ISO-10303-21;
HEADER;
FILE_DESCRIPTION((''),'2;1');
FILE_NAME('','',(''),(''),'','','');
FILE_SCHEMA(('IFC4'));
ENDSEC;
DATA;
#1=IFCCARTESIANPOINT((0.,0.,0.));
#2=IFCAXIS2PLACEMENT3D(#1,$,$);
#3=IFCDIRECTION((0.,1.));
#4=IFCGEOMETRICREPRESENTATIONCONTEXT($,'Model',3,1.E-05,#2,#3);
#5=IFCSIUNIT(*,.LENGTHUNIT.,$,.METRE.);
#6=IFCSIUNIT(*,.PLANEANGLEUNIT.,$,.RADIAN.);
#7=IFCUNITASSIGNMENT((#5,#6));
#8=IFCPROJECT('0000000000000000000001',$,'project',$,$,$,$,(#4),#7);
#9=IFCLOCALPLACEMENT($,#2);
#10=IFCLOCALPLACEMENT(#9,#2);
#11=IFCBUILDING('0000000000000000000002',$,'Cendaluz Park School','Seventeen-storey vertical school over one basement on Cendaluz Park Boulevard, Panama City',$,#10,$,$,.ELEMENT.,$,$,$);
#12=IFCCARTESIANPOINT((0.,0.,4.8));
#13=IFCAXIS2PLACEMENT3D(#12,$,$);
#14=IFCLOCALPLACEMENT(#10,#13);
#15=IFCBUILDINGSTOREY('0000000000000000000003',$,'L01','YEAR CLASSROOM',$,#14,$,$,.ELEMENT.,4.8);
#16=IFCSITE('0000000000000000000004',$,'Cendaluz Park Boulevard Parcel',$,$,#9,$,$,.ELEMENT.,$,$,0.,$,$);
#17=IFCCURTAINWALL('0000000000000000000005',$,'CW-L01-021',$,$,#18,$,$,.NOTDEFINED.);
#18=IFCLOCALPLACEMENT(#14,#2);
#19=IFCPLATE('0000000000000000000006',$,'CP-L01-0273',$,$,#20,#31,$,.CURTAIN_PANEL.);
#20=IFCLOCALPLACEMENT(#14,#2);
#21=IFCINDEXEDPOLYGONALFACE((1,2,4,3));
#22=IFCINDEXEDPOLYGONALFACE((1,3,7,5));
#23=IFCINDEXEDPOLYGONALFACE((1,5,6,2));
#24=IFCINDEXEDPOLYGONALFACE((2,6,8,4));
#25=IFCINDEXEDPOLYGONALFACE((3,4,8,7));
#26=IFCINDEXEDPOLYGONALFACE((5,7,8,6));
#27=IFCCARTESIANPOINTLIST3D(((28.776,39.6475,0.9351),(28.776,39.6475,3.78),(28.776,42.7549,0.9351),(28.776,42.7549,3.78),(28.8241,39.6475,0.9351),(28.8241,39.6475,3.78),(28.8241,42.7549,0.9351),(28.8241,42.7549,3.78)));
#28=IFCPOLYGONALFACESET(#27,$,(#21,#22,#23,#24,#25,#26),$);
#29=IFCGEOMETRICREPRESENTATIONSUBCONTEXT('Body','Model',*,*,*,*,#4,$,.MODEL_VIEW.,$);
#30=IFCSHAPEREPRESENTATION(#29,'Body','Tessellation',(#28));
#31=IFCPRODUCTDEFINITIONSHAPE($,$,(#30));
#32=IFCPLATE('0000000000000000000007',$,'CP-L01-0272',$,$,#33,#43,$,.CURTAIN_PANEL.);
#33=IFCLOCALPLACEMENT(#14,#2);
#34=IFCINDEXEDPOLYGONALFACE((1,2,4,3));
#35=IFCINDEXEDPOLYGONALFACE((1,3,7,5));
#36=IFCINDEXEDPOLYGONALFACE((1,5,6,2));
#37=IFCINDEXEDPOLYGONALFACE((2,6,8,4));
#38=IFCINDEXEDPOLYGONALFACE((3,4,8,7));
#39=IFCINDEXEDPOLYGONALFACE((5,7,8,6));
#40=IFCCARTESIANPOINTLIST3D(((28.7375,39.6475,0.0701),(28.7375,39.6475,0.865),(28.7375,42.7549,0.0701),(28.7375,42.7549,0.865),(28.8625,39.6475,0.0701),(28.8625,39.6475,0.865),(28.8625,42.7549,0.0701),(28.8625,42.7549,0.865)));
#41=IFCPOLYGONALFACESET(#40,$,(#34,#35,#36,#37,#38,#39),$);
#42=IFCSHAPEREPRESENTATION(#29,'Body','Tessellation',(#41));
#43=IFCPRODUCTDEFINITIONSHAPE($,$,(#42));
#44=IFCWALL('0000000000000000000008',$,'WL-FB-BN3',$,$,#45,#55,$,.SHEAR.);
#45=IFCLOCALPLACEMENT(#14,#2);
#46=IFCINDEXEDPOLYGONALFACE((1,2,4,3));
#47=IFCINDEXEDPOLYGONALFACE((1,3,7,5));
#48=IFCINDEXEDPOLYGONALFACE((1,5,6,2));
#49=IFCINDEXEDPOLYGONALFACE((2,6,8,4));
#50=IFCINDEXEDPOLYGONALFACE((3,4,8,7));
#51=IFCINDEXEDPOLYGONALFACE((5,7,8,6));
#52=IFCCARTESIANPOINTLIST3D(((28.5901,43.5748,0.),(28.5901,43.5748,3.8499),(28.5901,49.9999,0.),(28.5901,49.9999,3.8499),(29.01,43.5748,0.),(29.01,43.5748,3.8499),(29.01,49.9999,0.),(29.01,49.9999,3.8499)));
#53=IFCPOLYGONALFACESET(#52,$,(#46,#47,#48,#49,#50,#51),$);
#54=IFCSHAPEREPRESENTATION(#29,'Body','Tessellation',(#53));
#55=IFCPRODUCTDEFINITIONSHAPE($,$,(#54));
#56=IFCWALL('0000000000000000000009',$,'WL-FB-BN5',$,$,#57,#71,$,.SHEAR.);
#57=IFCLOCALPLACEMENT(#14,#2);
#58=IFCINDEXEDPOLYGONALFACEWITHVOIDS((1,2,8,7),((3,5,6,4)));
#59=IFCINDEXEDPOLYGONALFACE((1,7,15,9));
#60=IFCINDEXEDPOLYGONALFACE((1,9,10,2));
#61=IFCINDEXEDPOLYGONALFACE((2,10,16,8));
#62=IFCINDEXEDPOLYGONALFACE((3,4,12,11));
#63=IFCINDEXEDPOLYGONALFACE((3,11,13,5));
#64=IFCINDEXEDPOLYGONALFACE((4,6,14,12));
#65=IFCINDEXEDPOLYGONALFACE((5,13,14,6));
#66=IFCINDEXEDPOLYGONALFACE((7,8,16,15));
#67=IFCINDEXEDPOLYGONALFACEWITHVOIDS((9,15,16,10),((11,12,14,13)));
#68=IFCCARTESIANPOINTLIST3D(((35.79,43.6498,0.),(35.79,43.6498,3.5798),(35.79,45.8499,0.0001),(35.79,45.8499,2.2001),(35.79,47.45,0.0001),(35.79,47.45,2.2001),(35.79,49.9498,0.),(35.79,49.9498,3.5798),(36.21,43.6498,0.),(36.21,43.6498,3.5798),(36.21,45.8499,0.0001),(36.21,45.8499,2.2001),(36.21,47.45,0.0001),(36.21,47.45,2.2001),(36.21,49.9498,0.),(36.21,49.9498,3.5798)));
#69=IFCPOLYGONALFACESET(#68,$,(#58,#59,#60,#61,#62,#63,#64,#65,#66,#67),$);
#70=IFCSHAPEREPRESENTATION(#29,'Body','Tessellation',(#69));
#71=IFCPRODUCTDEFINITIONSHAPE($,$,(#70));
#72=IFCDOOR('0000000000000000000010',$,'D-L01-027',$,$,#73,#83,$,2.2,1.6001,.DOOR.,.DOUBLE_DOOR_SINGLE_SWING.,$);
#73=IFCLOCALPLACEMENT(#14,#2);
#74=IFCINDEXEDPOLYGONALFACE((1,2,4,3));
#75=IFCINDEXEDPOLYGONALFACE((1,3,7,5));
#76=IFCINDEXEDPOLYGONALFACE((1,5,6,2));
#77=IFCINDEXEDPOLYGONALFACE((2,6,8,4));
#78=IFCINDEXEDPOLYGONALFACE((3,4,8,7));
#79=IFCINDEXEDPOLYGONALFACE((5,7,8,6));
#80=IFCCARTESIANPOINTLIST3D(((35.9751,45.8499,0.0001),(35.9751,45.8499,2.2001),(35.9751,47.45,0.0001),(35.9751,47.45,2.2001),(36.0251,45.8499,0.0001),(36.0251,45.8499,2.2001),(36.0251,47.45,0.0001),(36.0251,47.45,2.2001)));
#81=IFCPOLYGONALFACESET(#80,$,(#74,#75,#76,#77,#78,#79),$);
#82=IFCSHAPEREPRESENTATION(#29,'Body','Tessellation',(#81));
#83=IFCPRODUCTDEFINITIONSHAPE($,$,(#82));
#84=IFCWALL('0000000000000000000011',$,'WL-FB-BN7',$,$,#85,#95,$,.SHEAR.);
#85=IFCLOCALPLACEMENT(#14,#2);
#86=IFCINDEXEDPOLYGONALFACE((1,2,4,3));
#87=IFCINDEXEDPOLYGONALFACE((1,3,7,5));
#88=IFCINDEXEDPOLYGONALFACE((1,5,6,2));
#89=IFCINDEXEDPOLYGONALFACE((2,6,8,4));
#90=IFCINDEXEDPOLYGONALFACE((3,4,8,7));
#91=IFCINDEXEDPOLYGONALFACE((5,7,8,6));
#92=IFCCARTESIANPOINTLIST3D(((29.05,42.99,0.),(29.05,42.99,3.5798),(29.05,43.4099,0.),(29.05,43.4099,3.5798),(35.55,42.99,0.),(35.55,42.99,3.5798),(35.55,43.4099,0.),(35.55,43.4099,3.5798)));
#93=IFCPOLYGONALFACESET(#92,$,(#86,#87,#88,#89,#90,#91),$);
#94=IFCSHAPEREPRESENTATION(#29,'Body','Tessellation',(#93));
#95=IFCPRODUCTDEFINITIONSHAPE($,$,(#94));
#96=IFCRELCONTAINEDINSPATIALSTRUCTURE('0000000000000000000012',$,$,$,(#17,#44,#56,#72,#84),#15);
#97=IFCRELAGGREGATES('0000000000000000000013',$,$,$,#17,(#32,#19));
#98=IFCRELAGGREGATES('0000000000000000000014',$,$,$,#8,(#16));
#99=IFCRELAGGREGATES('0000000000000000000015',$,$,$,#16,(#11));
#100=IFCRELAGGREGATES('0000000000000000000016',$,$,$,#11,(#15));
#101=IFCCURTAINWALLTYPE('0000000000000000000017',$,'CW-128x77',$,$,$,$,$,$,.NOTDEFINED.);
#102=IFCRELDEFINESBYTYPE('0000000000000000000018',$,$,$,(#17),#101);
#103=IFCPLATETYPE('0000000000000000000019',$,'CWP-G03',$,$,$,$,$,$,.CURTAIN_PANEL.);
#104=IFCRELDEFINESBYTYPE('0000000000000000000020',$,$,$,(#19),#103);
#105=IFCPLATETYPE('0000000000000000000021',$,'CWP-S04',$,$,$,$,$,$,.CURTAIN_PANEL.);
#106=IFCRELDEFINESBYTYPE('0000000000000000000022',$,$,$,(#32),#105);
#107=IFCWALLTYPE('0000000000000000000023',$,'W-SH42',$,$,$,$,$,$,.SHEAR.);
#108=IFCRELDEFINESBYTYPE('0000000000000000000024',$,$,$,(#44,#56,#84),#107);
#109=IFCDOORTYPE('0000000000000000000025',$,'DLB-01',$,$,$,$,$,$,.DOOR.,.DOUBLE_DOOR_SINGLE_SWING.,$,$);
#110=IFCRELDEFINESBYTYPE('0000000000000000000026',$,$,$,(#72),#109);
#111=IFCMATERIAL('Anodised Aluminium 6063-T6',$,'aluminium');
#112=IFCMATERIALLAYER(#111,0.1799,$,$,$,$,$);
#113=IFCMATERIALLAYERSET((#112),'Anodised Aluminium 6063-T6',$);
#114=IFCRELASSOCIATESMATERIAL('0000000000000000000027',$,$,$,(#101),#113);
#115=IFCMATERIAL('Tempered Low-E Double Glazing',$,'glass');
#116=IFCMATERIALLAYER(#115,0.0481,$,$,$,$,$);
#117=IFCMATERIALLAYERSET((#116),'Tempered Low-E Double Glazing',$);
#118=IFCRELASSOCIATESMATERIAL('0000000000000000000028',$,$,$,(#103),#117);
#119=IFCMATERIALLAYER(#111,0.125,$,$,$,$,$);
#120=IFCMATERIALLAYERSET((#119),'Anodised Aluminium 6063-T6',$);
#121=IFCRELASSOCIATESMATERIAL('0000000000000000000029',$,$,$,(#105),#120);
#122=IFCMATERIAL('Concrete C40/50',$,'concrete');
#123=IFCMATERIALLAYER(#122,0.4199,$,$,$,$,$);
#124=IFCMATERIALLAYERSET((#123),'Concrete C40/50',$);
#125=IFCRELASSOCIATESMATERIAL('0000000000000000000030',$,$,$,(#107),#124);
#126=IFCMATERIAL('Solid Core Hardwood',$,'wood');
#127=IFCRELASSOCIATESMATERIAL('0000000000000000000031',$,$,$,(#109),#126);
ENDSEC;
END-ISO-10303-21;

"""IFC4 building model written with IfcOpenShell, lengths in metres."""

from ifc_helpers import new_model, si_unit, direction, frame, frame_2d, origin, origin_2d, place, context, subcontext, project, spatial, rectangle, extrude, material, layer, layer_set, type_object, element, fill, aggregate, save


model = new_model("IFC4")

# Units and contexts
model_context = context("Model", 3, precision=1e-05, world=origin(), true_north=direction((0.0, 1.0)))
body_context = subcontext(model_context, "Body", "Model", "MODEL_VIEW")
ifc_project = project(units=[si_unit("LENGTHUNIT", "METRE"), si_unit("PLANEANGLEUNIT", "RADIAN")], contexts=[model_context])

# Site, building, storey
site_placement = place(None, origin())
site = spatial("IfcSite", under=ifc_project, at=site_placement, Name="Cendaluz Park Boulevard Parcel", CompositionType="ELEMENT", RefElevation=0.0)
building_placement = place(site_placement, origin())
building = spatial("IfcBuilding", under=site, at=building_placement, Name="Cendaluz Park School", Description="Seventeen-storey vertical school over one basement on Cendaluz Park Boulevard, Panama City", CompositionType="ELEMENT")
storey_placement = place(building_placement, frame((0.0, 0.0, 4.8)))
storey = spatial("IfcBuildingStorey", under=building, at=storey_placement, Name="L01", Description="YEAR CLASSROOM", CompositionType="ELEMENT", Elevation=4.8)

# Shared definitions
ifc_material_1 = material(Name="Concrete C40/50", Category="concrete")

# Curtain wall
ifc_material_2 = material(Name="Anodised Aluminium 6063-T6", Category="aluminium")
ifc_layer_1 = layer(ifc_material_2, 0.1799)
ifc_layer_set_1 = layer_set([ifc_layer_1], Name="Anodised Aluminium 6063-T6")
curtain_wall_type = type_object("IfcCurtainWallType", Name="CW-128x77", PredefinedType="NOTDEFINED", material=ifc_layer_set_1)
curtain_wall_placement = place(storey_placement, origin())
curtain_wall = element("IfcCurtainWall", 1, at=curtain_wall_placement, inside=storey, type_object=curtain_wall_type, Name="CW-L01-021", PredefinedType="NOTDEFINED")

# Plates
ifc_material_3 = material(Name="Tempered Low-E Double Glazing", Category="glass")
ifc_layer_2 = layer(ifc_material_3, 0.0481)
ifc_layer_set_2 = layer_set([ifc_layer_2], Name="Tempered Low-E Double Glazing")
plate_type_1 = type_object("IfcPlateType", Name="CWP-G03", PredefinedType="CURTAIN_PANEL", material=ifc_layer_set_2)
plate_1_placement = place(storey_placement, frame((28.8, 41.2012, 0.9351), z_axis=(0.0, 0.0, 1.0), x_axis=(0.0, 1.0, 0.0)))
plate_1 = element("IfcPlate", 2, at=plate_1_placement, type_object=plate_type_1, Name="CP-L01-0273", PredefinedType="CURTAIN_PANEL", context=body_context, shape_type="SweptSolid", body=[
    extrude(rectangle(XDim=3.1074, YDim=0.0481, at=origin_2d()), origin(), (0.0, 0.0, 1.0), 2.845),
])
ifc_layer_3 = layer(ifc_material_2, 0.125)
ifc_layer_set_3 = layer_set([ifc_layer_3], Name="Anodised Aluminium 6063-T6")
plate_type_2 = type_object("IfcPlateType", Name="CWP-S04", PredefinedType="CURTAIN_PANEL", material=ifc_layer_set_3)
plate_2_placement = place(storey_placement, frame((28.8, 41.2012, 0.0701), z_axis=(0.0, 0.0, 1.0), x_axis=(0.0, 1.0, 0.0)))
plate_2 = element("IfcPlate", 3, at=plate_2_placement, type_object=plate_type_2, Name="CP-L01-0272", PredefinedType="CURTAIN_PANEL", context=body_context, shape_type="SweptSolid", body=[
    extrude(rectangle(XDim=3.1074, YDim=0.125, at=origin_2d()), origin(), (0.0, 0.0, 1.0), 0.7949),
])
aggregate(curtain_wall, [plate_2, plate_1])

# Shared definitions
ifc_material_4 = material(Name="Solid Core Hardwood", Category="wood")

# Wall
ifc_layer_4 = layer(ifc_material_1, 0.4199)
ifc_layer_set_4 = layer_set([ifc_layer_4], Name="Concrete C40/50")
wall_type_1 = type_object("IfcWallType", Name="W-SH42", PredefinedType="SHEAR", material=ifc_layer_set_4)
wall_1_placement = place(storey_placement, frame((28.8, 43.575, 0.0), z_axis=(0.0, 0.0, 1.0), x_axis=(0.0, 1.0, 0.0)))
element("IfcWall", 4, at=wall_1_placement, inside=storey, type_object=wall_type_1, Name="WL-FB-BN3", PredefinedType="SHEAR", context=body_context, shape_type="SweptSolid", body=[
    extrude(rectangle(XDim=6.425, YDim=0.4199, at=frame_2d((3.2124, 0.0))), origin(), (0.0, 0.0, 1.0), 3.8499),
])

# Wall, opening, door
wall_2_placement = place(storey_placement, frame((36.0, 43.6499, 0.0), z_axis=(0.0, 0.0, 1.0), x_axis=(0.0, 1.0, 0.0)))
wall_2 = element("IfcWall", 5, at=wall_2_placement, inside=storey, type_object=wall_type_1, Name="WL-FB-BN5", PredefinedType="SHEAR", context=body_context, shape_type="SweptSolid", body=[
    extrude(rectangle(XDim=6.3, YDim=0.4199, at=frame_2d((3.1499, 0.0))), origin(), (0.0, 0.0, 1.0), 3.5798),
])
opening_1_placement = place(wall_2_placement, frame((2.2, 0.0, 0.0)))
opening_1 = element("IfcOpeningElement", 6, at=opening_1_placement, cuts=wall_2, PredefinedType="OPENING", context=body_context, shape_type="SweptSolid", body=[
    extrude(rectangle(XDim=1.6001, YDim=2.2, at=frame_2d((0.8, 1.1001))), frame((0.0, 0.2219, 0.0), z_axis=(0.0, -1.0, 0.0), x_axis=(1.0, 0.0, 0.0)), (0.0, 0.0, 1.0), 0.4438),
])
door_type_1 = type_object("IfcDoorType", Name="DLB-01", OperationType="DOUBLE_DOOR_SINGLE_SWING", PredefinedType="DOOR", material=ifc_material_4)
door_1_placement = place(opening_1_placement, origin())
door_1 = element("IfcDoor", 7, at=door_1_placement, inside=storey, type_object=door_type_1, Name="D-L01-027", OperationType="DOUBLE_DOOR_SINGLE_SWING", OverallHeight=2.2, OverallWidth=1.6001, PredefinedType="DOOR", context=body_context, shape_type="SweptSolid", body=[
    extrude(rectangle(XDim=1.6001, YDim=2.2, at=frame_2d((0.8, 1.1001))), frame((0.0, 0.0249, 0.0), z_axis=(0.0, -1.0, 0.0), x_axis=(1.0, 0.0, 0.0)), (0.0, 0.0, 1.0), 0.05),
])
fill(opening_1, door_1)

# Wall
wall_3_placement = place(storey_placement, frame((29.05, 43.2, 0.0), z_axis=(0.0, 0.0, 1.0), x_axis=(1.0, 0.0, 0.0)))
element("IfcWall", 8, at=wall_3_placement, inside=storey, type_object=wall_type_1, Name="WL-FB-BN7", PredefinedType="SHEAR", context=body_context, shape_type="SweptSolid", body=[
    extrude(rectangle(XDim=6.5, YDim=0.4199, at=frame_2d((3.25, 0.0))), origin(), (0.0, 0.0, 1.0), 3.5798),
])

save(model, "model.ifc")
